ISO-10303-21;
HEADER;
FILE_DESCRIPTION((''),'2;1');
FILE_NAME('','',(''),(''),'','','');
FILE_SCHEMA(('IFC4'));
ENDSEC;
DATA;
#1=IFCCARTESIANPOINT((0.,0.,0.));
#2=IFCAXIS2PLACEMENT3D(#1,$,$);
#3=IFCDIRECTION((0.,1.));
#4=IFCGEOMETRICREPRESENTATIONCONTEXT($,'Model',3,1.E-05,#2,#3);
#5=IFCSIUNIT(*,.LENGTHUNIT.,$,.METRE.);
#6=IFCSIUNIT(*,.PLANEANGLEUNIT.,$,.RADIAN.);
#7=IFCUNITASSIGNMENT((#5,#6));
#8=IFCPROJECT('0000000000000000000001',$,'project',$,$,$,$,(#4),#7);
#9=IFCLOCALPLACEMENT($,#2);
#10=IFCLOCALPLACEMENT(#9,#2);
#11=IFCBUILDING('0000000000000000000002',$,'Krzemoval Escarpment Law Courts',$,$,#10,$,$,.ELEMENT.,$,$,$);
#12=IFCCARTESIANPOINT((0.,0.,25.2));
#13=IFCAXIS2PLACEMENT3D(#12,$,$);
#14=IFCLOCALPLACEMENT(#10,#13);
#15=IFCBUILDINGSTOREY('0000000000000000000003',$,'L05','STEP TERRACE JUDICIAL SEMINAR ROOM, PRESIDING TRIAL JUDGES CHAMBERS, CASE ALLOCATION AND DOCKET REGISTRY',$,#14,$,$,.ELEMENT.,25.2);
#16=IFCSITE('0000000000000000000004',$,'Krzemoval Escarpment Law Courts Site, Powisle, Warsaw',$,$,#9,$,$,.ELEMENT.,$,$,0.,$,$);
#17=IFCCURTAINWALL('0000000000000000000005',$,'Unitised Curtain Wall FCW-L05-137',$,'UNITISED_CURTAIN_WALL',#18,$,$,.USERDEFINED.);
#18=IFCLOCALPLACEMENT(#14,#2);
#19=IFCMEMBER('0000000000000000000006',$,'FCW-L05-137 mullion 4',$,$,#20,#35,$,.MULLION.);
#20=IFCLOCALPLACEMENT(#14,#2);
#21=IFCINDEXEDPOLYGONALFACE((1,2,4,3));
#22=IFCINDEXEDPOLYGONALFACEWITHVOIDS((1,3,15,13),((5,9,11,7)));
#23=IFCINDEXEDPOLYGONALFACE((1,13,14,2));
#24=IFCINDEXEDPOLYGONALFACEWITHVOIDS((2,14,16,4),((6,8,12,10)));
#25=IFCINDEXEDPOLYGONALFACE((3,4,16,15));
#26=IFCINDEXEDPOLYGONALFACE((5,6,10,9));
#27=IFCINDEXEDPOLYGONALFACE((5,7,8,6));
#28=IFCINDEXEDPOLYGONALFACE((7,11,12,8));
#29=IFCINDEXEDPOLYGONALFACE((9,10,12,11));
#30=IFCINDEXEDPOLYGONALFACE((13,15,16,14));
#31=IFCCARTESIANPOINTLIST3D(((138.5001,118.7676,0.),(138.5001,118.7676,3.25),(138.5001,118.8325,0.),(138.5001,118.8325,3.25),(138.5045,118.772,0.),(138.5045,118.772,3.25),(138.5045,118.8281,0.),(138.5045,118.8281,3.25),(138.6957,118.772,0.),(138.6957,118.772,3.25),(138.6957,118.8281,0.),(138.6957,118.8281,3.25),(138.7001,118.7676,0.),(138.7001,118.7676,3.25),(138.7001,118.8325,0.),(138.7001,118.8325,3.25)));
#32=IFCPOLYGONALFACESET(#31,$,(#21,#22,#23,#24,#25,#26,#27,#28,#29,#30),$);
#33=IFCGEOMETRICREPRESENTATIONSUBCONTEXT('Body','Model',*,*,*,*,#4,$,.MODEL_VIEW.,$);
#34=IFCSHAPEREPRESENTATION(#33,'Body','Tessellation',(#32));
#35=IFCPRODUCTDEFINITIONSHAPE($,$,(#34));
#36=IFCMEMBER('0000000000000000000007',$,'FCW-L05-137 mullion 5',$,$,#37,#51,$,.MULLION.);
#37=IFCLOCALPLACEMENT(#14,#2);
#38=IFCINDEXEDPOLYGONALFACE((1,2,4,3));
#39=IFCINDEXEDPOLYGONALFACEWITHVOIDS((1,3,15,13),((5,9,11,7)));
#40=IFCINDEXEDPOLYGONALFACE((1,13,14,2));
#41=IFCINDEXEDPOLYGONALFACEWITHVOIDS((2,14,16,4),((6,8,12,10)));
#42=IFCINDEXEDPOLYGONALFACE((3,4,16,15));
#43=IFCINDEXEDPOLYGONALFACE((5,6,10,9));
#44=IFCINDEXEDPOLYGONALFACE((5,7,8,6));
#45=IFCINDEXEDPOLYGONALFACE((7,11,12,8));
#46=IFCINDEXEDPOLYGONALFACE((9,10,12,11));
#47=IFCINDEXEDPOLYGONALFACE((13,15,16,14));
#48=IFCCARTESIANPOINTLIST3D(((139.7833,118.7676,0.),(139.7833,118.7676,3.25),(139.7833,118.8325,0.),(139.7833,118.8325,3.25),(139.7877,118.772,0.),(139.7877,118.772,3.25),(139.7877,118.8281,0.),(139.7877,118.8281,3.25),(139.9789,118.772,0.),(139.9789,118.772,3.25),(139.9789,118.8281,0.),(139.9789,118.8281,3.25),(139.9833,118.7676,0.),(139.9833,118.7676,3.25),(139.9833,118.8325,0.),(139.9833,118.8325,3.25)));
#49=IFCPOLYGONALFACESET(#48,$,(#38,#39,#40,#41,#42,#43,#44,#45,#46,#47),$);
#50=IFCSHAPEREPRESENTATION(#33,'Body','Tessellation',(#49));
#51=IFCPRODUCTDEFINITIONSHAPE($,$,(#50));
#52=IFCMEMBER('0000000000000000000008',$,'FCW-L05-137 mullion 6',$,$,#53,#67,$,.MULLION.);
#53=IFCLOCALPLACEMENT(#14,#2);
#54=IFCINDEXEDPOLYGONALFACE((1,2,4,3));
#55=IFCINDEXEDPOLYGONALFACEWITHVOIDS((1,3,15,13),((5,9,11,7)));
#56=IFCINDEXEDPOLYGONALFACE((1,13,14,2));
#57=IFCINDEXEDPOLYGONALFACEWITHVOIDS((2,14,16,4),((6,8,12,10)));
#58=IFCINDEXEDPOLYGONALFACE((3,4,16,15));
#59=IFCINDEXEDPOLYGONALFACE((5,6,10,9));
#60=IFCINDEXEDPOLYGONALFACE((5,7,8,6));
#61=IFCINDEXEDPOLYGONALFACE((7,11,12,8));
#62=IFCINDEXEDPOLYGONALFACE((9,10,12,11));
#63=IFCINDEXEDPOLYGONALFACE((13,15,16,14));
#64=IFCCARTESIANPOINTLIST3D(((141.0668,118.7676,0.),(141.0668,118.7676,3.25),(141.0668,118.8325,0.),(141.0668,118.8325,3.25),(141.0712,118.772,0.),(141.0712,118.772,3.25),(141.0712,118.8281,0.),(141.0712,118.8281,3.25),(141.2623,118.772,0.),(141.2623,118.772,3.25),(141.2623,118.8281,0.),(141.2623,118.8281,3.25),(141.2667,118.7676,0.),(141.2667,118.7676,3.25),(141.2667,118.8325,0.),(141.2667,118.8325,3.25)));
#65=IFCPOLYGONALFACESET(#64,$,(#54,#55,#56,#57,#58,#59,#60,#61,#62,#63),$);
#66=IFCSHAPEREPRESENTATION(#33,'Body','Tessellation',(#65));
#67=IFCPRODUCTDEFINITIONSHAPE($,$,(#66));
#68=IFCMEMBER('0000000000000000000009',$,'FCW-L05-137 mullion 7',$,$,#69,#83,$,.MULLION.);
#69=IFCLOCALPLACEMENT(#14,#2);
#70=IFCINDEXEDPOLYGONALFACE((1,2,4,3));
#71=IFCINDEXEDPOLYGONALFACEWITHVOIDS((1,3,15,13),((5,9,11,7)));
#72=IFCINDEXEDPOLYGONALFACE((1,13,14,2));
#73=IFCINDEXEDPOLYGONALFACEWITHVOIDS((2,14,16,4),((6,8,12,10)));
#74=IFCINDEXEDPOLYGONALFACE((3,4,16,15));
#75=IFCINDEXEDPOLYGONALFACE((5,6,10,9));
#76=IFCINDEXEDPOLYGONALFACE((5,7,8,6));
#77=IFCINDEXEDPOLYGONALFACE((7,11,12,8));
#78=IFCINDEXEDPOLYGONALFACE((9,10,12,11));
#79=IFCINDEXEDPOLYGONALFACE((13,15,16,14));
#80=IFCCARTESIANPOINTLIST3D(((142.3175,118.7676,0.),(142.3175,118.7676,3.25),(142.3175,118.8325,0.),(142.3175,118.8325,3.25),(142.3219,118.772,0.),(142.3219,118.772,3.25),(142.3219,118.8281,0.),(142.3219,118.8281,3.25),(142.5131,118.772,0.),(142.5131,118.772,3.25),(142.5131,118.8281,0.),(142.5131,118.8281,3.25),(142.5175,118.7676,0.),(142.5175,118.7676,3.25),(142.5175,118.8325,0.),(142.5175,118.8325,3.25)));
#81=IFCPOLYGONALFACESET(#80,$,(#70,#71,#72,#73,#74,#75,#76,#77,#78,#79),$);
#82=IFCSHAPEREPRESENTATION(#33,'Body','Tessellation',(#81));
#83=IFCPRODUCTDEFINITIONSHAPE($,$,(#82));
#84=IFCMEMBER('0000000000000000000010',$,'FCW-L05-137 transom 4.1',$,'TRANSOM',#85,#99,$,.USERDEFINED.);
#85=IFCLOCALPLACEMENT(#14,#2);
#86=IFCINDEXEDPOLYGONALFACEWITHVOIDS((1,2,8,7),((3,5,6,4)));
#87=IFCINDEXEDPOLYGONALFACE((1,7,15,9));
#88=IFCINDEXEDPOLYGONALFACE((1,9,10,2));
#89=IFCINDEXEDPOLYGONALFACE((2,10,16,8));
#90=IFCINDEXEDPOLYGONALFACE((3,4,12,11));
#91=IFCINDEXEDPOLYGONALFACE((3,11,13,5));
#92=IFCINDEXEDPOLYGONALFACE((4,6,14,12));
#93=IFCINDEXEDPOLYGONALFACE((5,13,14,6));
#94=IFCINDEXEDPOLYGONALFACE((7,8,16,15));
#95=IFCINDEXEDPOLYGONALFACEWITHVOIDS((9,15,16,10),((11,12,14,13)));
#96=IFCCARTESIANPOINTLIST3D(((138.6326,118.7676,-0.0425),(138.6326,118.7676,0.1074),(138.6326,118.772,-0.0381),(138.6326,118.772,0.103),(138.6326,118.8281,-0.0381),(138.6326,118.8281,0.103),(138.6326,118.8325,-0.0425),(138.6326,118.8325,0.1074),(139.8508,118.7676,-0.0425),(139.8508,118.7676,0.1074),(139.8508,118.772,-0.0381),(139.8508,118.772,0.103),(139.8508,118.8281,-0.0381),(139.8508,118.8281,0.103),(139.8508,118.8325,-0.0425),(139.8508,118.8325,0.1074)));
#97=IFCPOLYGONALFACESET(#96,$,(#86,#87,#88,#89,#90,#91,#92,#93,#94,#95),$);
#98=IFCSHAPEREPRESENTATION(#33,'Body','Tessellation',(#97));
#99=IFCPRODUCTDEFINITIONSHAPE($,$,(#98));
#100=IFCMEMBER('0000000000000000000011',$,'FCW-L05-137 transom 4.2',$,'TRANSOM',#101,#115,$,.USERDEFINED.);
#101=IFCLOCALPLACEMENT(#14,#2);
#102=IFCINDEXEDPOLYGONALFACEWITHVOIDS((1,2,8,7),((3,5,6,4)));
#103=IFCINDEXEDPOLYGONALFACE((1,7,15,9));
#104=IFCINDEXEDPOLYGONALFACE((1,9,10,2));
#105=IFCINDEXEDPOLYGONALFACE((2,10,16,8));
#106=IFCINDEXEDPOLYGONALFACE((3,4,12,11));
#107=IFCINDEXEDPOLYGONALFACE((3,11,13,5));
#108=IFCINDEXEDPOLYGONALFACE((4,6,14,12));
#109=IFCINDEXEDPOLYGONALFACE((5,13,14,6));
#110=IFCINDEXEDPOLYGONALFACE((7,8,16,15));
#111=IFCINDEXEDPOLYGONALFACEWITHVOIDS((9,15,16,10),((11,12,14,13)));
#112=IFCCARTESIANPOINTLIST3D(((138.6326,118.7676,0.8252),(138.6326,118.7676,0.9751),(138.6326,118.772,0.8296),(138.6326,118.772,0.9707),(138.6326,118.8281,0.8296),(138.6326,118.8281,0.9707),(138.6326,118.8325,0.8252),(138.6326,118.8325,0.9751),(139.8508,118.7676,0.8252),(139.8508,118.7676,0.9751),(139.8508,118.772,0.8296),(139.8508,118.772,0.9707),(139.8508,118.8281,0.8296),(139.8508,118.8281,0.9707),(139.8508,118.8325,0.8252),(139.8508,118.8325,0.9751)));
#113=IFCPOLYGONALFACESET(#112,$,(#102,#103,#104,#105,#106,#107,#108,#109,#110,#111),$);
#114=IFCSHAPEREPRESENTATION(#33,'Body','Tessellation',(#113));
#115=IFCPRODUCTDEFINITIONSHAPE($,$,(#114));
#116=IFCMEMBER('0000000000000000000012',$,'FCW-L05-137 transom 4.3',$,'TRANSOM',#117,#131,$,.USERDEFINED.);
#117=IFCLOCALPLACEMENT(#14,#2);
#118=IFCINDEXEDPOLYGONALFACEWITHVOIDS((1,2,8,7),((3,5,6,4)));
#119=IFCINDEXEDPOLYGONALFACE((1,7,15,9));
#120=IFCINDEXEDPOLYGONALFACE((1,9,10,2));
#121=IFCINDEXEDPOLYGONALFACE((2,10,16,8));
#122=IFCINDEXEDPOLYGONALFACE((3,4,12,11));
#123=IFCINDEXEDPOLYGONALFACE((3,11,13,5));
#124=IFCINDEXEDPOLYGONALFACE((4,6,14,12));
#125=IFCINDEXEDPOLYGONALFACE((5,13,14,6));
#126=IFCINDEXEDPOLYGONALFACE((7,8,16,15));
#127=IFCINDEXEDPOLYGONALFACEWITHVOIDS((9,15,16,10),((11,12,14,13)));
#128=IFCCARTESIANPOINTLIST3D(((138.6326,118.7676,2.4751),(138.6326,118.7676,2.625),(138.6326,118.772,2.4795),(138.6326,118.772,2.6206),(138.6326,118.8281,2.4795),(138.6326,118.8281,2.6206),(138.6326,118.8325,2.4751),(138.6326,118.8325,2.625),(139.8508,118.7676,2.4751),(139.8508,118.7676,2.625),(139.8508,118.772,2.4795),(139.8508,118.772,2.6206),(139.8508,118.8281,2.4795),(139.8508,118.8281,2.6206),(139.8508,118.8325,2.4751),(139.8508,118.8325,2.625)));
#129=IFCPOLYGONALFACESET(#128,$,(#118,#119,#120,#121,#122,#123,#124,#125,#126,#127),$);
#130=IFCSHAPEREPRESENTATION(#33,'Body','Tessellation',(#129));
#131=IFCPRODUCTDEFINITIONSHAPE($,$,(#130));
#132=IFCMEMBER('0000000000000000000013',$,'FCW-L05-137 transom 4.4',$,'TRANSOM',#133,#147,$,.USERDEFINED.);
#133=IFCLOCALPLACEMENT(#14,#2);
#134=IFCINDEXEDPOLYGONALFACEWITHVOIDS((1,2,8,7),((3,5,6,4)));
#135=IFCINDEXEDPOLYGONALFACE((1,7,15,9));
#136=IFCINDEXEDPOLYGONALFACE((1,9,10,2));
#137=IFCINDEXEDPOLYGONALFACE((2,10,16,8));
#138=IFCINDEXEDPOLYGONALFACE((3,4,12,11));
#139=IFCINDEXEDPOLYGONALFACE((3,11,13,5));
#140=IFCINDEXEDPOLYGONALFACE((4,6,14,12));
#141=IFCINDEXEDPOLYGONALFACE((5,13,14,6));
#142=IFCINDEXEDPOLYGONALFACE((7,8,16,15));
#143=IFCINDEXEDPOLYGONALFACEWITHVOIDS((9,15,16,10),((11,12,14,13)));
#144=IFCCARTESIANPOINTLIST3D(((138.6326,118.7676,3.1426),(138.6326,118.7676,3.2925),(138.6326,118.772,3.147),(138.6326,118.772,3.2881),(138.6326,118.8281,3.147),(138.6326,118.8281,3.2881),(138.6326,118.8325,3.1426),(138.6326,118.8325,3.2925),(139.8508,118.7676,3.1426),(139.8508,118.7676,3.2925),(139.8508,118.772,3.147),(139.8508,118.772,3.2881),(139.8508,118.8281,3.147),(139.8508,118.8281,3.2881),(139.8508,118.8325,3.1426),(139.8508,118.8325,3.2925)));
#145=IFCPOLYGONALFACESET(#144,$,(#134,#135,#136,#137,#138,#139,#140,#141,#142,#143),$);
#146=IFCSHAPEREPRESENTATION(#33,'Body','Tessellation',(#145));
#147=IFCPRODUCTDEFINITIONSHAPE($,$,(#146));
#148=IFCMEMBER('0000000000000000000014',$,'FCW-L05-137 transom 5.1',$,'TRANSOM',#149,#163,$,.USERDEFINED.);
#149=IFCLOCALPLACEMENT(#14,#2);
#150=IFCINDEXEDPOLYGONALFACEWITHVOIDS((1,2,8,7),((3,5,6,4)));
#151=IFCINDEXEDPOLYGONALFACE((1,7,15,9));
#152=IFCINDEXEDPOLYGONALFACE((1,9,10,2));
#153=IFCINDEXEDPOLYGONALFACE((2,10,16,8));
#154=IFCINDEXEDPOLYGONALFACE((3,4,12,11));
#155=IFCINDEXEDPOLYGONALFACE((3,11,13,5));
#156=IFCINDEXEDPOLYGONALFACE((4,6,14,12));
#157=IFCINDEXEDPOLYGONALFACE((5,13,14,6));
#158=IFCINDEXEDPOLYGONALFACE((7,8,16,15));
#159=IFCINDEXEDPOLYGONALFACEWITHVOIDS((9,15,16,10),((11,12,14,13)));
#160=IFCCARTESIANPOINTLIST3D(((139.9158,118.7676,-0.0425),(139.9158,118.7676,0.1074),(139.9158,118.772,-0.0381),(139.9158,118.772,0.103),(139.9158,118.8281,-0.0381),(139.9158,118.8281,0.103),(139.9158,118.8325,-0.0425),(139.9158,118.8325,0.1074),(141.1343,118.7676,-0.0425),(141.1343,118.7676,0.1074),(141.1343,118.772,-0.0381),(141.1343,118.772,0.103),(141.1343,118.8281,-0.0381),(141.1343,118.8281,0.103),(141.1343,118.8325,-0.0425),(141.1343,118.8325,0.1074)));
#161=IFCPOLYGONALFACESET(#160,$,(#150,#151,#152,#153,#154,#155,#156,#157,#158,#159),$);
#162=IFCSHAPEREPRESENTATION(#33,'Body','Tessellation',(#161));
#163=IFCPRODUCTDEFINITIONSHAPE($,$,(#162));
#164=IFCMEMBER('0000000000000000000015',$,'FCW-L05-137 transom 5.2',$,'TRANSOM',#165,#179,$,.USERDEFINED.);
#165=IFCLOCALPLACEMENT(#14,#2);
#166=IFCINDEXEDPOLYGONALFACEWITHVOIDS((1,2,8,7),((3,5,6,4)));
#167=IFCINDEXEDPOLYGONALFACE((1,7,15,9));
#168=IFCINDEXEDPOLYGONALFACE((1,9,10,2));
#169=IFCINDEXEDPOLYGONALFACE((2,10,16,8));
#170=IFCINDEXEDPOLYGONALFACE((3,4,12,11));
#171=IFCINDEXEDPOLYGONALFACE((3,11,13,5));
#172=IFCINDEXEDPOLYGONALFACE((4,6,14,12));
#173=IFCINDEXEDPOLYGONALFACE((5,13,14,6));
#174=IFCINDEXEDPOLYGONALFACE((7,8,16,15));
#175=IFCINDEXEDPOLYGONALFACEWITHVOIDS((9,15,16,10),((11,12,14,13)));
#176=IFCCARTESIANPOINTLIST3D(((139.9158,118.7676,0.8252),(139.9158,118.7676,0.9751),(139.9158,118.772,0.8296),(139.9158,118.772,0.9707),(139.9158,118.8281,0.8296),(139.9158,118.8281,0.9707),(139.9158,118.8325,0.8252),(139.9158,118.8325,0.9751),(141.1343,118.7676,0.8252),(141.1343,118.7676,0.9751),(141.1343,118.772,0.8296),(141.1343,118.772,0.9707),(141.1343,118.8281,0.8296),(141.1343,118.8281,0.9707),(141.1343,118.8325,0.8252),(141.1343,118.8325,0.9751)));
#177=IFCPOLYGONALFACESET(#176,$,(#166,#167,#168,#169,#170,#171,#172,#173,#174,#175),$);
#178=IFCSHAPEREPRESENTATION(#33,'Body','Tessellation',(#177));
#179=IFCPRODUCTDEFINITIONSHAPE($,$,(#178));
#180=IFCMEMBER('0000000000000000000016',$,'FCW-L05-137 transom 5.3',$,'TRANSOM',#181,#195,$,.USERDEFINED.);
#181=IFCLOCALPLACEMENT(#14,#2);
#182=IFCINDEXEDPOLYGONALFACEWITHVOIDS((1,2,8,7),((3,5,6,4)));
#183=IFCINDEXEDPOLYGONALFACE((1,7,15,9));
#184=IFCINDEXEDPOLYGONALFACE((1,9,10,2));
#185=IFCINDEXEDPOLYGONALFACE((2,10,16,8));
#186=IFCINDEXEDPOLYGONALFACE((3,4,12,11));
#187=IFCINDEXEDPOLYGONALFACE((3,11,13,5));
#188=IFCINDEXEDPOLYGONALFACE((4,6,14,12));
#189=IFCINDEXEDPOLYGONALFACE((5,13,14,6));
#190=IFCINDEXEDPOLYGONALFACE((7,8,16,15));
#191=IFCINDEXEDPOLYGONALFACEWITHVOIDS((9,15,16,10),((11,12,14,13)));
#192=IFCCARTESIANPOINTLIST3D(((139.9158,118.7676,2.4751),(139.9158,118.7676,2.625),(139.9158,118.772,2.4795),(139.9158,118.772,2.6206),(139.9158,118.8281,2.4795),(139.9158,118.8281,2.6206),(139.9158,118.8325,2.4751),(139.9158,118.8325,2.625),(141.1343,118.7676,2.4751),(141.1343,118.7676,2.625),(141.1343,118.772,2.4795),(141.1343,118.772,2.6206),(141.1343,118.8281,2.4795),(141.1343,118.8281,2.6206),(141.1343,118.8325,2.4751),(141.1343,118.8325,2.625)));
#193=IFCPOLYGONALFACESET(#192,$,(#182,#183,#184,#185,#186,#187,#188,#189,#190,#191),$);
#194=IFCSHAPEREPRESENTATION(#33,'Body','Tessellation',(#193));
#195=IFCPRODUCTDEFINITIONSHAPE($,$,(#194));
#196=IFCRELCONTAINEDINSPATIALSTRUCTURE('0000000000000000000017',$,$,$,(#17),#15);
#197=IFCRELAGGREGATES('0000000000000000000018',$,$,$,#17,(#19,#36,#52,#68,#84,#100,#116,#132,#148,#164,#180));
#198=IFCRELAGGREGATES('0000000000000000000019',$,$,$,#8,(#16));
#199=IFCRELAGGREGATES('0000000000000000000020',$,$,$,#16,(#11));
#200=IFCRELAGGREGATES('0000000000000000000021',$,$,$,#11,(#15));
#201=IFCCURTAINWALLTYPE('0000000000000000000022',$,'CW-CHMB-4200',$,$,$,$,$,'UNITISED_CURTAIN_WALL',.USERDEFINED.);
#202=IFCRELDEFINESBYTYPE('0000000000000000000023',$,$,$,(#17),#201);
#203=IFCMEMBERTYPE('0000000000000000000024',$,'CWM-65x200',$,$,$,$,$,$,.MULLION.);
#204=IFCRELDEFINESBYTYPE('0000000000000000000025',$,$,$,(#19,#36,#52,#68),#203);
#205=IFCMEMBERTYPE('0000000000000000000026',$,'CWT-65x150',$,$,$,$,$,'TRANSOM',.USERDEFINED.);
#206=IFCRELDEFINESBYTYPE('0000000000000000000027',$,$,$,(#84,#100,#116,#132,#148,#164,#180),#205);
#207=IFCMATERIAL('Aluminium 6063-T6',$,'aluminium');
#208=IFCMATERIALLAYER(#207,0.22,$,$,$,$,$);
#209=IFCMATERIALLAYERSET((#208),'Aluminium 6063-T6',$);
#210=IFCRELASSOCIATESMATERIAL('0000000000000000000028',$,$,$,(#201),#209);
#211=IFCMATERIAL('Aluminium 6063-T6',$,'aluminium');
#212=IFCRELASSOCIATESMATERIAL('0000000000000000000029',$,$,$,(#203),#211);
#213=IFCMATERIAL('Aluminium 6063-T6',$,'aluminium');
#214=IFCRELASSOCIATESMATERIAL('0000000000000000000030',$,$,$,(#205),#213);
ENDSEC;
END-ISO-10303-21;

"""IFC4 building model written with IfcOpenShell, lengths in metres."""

from ifc_helpers import new_model, si_unit, direction, frame, origin, origin_2d, place, context, subcontext, project, spatial, hollow_rectangle, extrude, material, layer, layer_set, material_profile, profile_set, type_object, element, aggregate, save


model = new_model("IFC4")

# Units and contexts
model_context = context("Model", 3, precision=1e-05, world=origin(), true_north=direction((0.0, 1.0)))
body_context = subcontext(model_context, "Body", "Model", "MODEL_VIEW")
ifc_project = project(units=[si_unit("LENGTHUNIT", "METRE"), si_unit("PLANEANGLEUNIT", "RADIAN")], contexts=[model_context])

# Site, building, storey
site_placement = place(None, origin())
site = spatial("IfcSite", under=ifc_project, at=site_placement, Name="Krzemoval Escarpment Law Courts Site, Powisle, Warsaw", CompositionType="ELEMENT", RefElevation=0.0)
building_placement = place(site_placement, origin())
building = spatial("IfcBuilding", under=site, at=building_placement, Name="Krzemoval Escarpment Law Courts", CompositionType="ELEMENT")
storey_placement = place(building_placement, frame((0.0, 0.0, 25.2)))
storey = spatial("IfcBuildingStorey", under=building, at=storey_placement, Name="L05", Description="STEP TERRACE JUDICIAL SEMINAR ROOM, PRESIDING TRIAL JUDGES CHAMBERS, CASE ALLOCATION AND DOCKET REGISTRY", CompositionType="ELEMENT", Elevation=25.2)

# Curtain wall, members
ifc_material_1 = material(Name="Aluminium 6063-T6", Category="aluminium")
ifc_layer_1 = layer(ifc_material_1, 0.22)
ifc_layer_set_1 = layer_set([ifc_layer_1], Name="Aluminium 6063-T6")
curtain_wall_type = type_object("IfcCurtainWallType", Name="CW-CHMB-4200", ElementType="UNITISED_CURTAIN_WALL", PredefinedType="USERDEFINED", material=ifc_layer_set_1)
curtain_wall_placement = place(storey_placement, origin())
curtain_wall = element("IfcCurtainWall", 1, at=curtain_wall_placement, inside=storey, type_object=curtain_wall_type, Name="Unitised Curtain Wall FCW-L05-137", ObjectType="UNITISED_CURTAIN_WALL", PredefinedType="USERDEFINED")
ifc_material_2 = material(Name="Aluminium 6063-T6", Category="aluminium")
ifc_material_profile_1 = material_profile(ifc_material_2, hollow_rectangle(XDim=0.0649, YDim=0.2, WallThickness=0.0044, at=origin_2d()), Name="ALU M65x200")
ifc_profile_set_1 = profile_set([ifc_material_profile_1], Name="Aluminium 6063-T6")
member_type_1 = type_object("IfcMemberType", Name="CWM-65x200", PredefinedType="MULLION", material=ifc_profile_set_1)
member_1_placement = place(storey_placement, frame((138.6001, 118.8, 0.0), z_axis=(0.0, 0.0, 1.0), x_axis=(0.0, 1.0, 0.0)))
member_1 = element("IfcMember", 2, at=member_1_placement, type_object=member_type_1, Name="FCW-L05-137 mullion 4", PredefinedType="MULLION", context=body_context, shape_type="SweptSolid", body=[
    extrude(hollow_rectangle(XDim=0.0649, YDim=0.2, WallThickness=0.0044, at=origin_2d()), origin(), (0.0, 0.0, 1.0), 3.25),
])
member_2_placement = place(storey_placement, frame((139.8833, 118.8, 0.0), z_axis=(0.0, 0.0, 1.0), x_axis=(0.0, 1.0, 0.0)))
member_2 = element("IfcMember", 3, at=member_2_placement, type_object=member_type_1, Name="FCW-L05-137 mullion 5", PredefinedType="MULLION", context=body_context, shape_type="SweptSolid", body=[
    extrude(hollow_rectangle(XDim=0.0649, YDim=0.2, WallThickness=0.0044, at=origin_2d()), origin(), (0.0, 0.0, 1.0), 3.25),
])
member_3_placement = place(storey_placement, frame((141.1667, 118.8, 0.0), z_axis=(0.0, 0.0, 1.0), x_axis=(0.0, 1.0, 0.0)))
member_3 = element("IfcMember", 4, at=member_3_placement, type_object=member_type_1, Name="FCW-L05-137 mullion 6", PredefinedType="MULLION", context=body_context, shape_type="SweptSolid", body=[
    extrude(hollow_rectangle(XDim=0.0649, YDim=0.2, WallThickness=0.0044, at=origin_2d()), origin(), (0.0, 0.0, 1.0), 3.25),
])
member_4_placement = place(storey_placement, frame((142.4175, 118.8, 0.0), z_axis=(0.0, 0.0, 1.0), x_axis=(0.0, 1.0, 0.0)))
member_4 = element("IfcMember", 5, at=member_4_placement, type_object=member_type_1, Name="FCW-L05-137 mullion 7", PredefinedType="MULLION", context=body_context, shape_type="SweptSolid", body=[
    extrude(hollow_rectangle(XDim=0.0649, YDim=0.2, WallThickness=0.0044, at=origin_2d()), origin(), (0.0, 0.0, 1.0), 3.25),
])
ifc_material_3 = material(Name="Aluminium 6063-T6", Category="aluminium")
ifc_material_profile_2 = material_profile(ifc_material_3, hollow_rectangle(XDim=0.0649, YDim=0.1499, WallThickness=0.0044, at=origin_2d()), Name="ALU T65x150")
ifc_profile_set_2 = profile_set([ifc_material_profile_2], Name="Aluminium 6063-T6")
member_type_2 = type_object("IfcMemberType", Name="CWT-65x150", ElementType="TRANSOM", PredefinedType="USERDEFINED", material=ifc_profile_set_2)
member_5_placement = place(storey_placement, frame((138.6326, 118.8, 0.0325), z_axis=(1.0, 0.0, 0.0), x_axis=(0.0, 1.0, 0.0)))
member_5 = element("IfcMember", 6, at=member_5_placement, type_object=member_type_2, Name="FCW-L05-137 transom 4.1", ObjectType="TRANSOM", PredefinedType="USERDEFINED", context=body_context, shape_type="SweptSolid", body=[
    extrude(hollow_rectangle(XDim=0.0649, YDim=0.1499, WallThickness=0.0044, at=origin_2d()), origin(), (0.0, 0.0, 1.0), 1.2183),
])
member_6_placement = place(storey_placement, frame((138.6326, 118.8, 0.9001), z_axis=(1.0, 0.0, 0.0), x_axis=(0.0, 1.0, 0.0)))
member_6 = element("IfcMember", 7, at=member_6_placement, type_object=member_type_2, Name="FCW-L05-137 transom 4.2", ObjectType="TRANSOM", PredefinedType="USERDEFINED", context=body_context, shape_type="SweptSolid", body=[
    extrude(hollow_rectangle(XDim=0.0649, YDim=0.1499, WallThickness=0.0044, at=origin_2d()), origin(), (0.0, 0.0, 1.0), 1.2183),
])
member_7_placement = place(storey_placement, frame((138.6326, 118.8, 2.55), z_axis=(1.0, 0.0, 0.0), x_axis=(0.0, 1.0, 0.0)))
member_7 = element("IfcMember", 8, at=member_7_placement, type_object=member_type_2, Name="FCW-L05-137 transom 4.3", ObjectType="TRANSOM", PredefinedType="USERDEFINED", context=body_context, shape_type="SweptSolid", body=[
    extrude(hollow_rectangle(XDim=0.0649, YDim=0.1499, WallThickness=0.0044, at=origin_2d()), origin(), (0.0, 0.0, 1.0), 1.2183),
])
member_8_placement = place(storey_placement, frame((138.6326, 118.8, 3.2175), z_axis=(1.0, 0.0, 0.0), x_axis=(0.0, 1.0, 0.0)))
member_8 = element("IfcMember", 9, at=member_8_placement, type_object=member_type_2, Name="FCW-L05-137 transom 4.4", ObjectType="TRANSOM", PredefinedType="USERDEFINED", context=body_context, shape_type="SweptSolid", body=[
    extrude(hollow_rectangle(XDim=0.0649, YDim=0.1499, WallThickness=0.0044, at=origin_2d()), origin(), (0.0, 0.0, 1.0), 1.2183),
])
member_9_placement = place(storey_placement, frame((139.9158, 118.8, 0.0325), z_axis=(1.0, 0.0, 0.0), x_axis=(0.0, 1.0, 0.0)))
member_9 = element("IfcMember", 10, at=member_9_placement, type_object=member_type_2, Name="FCW-L05-137 transom 5.1", ObjectType="TRANSOM", PredefinedType="USERDEFINED", context=body_context, shape_type="SweptSolid", body=[
    extrude(hollow_rectangle(XDim=0.0649, YDim=0.1499, WallThickness=0.0044, at=origin_2d()), origin(), (0.0, 0.0, 1.0), 1.2185),
])
member_10_placement = place(storey_placement, frame((139.9158, 118.8, 0.9001), z_axis=(1.0, 0.0, 0.0), x_axis=(0.0, 1.0, 0.0)))
member_10 = element("IfcMember", 11, at=member_10_placement, type_object=member_type_2, Name="FCW-L05-137 transom 5.2", ObjectType="TRANSOM", PredefinedType="USERDEFINED", context=body_context, shape_type="SweptSolid", body=[
    extrude(hollow_rectangle(XDim=0.0649, YDim=0.1499, WallThickness=0.0044, at=origin_2d()), origin(), (0.0, 0.0, 1.0), 1.2185),
])
member_11_placement = place(storey_placement, frame((139.9158, 118.8, 2.55), z_axis=(1.0, 0.0, 0.0), x_axis=(0.0, 1.0, 0.0)))
member_11 = element("IfcMember", 12, at=member_11_placement, type_object=member_type_2, Name="FCW-L05-137 transom 5.3", ObjectType="TRANSOM", PredefinedType="USERDEFINED", context=body_context, shape_type="SweptSolid", body=[
    extrude(hollow_rectangle(XDim=0.0649, YDim=0.1499, WallThickness=0.0044, at=origin_2d()), origin(), (0.0, 0.0, 1.0), 1.2185),
])
aggregate(curtain_wall, [member_1, member_2, member_3, member_4, member_5, member_6, member_7, member_8, member_9, member_10, member_11])

save(model, "model.ifc")
